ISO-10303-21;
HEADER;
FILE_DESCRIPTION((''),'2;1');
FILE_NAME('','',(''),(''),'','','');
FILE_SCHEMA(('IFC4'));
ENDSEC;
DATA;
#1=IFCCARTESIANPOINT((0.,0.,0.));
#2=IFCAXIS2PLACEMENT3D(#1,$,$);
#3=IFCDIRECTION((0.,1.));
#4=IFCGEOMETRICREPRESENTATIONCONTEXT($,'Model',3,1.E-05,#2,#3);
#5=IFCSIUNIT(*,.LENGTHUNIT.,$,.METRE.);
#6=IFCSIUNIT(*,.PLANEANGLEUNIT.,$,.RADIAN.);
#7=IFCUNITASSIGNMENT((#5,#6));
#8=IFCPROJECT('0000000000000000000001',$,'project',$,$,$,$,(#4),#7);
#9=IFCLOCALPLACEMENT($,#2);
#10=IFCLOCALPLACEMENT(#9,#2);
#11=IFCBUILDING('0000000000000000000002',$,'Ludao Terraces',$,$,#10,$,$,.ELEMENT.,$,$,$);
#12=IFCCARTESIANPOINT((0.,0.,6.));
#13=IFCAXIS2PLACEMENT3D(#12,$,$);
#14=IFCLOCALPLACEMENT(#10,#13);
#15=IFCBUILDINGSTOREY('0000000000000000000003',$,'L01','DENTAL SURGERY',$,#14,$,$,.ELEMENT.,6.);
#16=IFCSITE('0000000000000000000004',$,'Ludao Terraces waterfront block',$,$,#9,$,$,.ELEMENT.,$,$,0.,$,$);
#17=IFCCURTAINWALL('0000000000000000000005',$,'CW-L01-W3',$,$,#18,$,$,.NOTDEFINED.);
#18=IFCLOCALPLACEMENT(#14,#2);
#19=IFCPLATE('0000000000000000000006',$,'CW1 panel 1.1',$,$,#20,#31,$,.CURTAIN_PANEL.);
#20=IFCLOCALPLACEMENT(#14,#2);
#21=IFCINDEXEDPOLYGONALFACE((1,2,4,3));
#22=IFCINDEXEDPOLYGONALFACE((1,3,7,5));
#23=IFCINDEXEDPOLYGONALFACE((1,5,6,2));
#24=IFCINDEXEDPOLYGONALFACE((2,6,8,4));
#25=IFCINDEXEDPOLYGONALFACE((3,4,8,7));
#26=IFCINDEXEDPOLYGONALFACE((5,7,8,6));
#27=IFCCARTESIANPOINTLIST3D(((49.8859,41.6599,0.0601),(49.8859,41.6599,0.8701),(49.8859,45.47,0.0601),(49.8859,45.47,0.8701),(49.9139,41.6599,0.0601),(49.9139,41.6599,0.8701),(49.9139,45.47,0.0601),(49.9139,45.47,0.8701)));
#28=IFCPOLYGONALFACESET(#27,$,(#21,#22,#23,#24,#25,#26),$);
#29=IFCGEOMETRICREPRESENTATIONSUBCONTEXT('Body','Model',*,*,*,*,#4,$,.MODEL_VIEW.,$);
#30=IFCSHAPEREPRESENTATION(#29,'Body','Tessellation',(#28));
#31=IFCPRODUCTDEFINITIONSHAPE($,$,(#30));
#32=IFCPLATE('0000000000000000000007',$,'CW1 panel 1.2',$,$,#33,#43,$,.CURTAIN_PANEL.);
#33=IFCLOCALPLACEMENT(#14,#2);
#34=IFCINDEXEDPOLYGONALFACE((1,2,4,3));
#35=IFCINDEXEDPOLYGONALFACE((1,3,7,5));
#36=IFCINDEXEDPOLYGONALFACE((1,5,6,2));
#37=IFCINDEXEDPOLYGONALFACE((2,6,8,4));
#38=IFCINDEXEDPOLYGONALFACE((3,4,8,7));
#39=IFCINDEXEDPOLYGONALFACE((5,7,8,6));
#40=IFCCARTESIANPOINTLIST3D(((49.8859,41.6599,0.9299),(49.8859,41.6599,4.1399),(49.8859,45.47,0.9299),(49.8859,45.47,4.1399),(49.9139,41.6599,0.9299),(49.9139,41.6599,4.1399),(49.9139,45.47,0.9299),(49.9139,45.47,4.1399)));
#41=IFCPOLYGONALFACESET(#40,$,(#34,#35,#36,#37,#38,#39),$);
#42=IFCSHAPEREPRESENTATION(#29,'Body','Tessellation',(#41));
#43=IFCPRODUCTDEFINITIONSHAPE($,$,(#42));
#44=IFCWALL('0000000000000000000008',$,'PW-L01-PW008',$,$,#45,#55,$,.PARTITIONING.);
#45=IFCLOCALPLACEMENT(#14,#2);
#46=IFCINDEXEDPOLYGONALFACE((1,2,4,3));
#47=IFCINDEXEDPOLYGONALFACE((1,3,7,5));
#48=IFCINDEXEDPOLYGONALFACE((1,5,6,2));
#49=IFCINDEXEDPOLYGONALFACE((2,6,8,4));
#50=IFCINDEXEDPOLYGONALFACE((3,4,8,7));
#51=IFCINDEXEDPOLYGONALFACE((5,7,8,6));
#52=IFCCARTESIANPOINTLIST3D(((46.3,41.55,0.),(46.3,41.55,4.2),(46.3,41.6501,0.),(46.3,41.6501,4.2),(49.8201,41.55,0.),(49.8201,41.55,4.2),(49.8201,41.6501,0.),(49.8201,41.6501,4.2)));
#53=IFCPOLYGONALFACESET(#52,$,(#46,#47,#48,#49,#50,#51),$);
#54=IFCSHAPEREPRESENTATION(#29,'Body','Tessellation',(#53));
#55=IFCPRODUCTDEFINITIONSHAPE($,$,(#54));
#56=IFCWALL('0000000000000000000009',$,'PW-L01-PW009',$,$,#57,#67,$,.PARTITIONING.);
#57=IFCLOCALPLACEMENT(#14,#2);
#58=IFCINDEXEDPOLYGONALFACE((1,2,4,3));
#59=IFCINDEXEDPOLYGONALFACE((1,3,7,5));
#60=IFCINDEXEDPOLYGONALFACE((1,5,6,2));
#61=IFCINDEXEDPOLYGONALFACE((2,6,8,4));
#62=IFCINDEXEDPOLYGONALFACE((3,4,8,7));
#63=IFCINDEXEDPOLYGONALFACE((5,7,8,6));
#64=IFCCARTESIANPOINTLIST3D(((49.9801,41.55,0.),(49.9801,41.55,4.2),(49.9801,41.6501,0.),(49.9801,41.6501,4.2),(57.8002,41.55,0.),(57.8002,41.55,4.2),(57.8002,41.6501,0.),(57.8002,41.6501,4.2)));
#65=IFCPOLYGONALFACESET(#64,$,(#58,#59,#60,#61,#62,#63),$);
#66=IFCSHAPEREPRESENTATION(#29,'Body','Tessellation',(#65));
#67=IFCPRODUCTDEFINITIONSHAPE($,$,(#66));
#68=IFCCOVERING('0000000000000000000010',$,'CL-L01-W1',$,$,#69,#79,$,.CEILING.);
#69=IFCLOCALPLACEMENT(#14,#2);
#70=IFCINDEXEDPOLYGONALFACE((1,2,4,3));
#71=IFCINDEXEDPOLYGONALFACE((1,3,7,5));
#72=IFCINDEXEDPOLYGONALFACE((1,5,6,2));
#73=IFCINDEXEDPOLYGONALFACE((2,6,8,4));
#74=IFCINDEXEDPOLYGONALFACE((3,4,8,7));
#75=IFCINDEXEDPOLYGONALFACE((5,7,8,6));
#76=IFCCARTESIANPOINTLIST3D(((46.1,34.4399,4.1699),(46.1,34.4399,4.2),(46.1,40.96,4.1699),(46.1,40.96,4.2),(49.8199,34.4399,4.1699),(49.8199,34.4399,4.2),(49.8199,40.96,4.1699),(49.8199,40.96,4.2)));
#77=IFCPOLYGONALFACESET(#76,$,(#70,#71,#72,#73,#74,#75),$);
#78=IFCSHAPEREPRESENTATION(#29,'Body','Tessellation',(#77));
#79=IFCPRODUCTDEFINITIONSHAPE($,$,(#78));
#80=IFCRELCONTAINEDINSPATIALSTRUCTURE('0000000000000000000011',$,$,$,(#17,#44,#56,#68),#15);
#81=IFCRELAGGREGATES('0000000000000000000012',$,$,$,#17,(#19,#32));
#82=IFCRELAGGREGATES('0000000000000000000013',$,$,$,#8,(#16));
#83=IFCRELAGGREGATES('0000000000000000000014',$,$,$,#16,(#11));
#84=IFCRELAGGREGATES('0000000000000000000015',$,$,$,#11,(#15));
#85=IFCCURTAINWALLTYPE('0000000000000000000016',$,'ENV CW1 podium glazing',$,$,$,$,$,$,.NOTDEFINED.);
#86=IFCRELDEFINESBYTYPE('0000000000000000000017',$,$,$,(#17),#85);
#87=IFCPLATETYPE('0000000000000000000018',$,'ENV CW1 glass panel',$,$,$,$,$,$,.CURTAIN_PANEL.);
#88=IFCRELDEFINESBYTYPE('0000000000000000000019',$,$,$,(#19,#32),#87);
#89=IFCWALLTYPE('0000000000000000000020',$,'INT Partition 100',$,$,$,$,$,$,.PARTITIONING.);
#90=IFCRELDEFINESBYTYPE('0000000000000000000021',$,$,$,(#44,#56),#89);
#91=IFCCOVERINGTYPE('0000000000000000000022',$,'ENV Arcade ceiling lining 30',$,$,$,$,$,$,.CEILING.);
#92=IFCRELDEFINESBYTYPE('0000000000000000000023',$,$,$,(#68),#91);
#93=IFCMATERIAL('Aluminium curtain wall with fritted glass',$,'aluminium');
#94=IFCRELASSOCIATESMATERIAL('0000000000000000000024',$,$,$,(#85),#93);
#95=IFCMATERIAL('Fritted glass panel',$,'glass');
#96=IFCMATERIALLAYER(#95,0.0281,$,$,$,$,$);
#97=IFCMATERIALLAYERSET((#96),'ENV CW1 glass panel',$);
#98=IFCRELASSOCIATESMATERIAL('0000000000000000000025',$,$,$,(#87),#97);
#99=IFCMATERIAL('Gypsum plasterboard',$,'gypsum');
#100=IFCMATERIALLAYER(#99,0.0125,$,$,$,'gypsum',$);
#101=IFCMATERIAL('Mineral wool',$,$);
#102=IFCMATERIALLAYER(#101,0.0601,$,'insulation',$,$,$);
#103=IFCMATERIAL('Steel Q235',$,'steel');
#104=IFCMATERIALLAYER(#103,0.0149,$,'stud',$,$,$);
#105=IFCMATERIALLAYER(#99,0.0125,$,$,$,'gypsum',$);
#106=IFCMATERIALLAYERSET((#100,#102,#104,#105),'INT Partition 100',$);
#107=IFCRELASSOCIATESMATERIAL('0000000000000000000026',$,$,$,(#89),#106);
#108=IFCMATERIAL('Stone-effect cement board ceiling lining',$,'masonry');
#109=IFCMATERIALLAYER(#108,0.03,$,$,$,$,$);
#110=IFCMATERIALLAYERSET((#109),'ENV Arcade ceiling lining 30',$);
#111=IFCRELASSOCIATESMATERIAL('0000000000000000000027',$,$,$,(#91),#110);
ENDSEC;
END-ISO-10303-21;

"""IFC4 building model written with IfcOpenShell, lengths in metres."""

from ifc_helpers import new_model, si_unit, direction, frame, frame_2d, origin, origin_2d, place, context, subcontext, project, spatial, rectangle, extrude, material, layer, layer_set, type_object, element, aggregate, save


model = new_model("IFC4")

# Units and contexts
model_context = context("Model", 3, precision=1e-05, world=origin(), true_north=direction((0.0, 1.0)))
body_context = subcontext(model_context, "Body", "Model", "MODEL_VIEW")
ifc_project = project(units=[si_unit("LENGTHUNIT", "METRE"), si_unit("PLANEANGLEUNIT", "RADIAN")], contexts=[model_context])

# Site, building, storey
site_placement = place(None, origin())
site = spatial("IfcSite", under=ifc_project, at=site_placement, Name="Ludao Terraces waterfront block", CompositionType="ELEMENT", RefElevation=0.0)
building_placement = place(site_placement, origin())
building = spatial("IfcBuilding", under=site, at=building_placement, Name="Ludao Terraces", CompositionType="ELEMENT")
storey_placement = place(building_placement, frame((0.0, 0.0, 6.0)))
storey = spatial("IfcBuildingStorey", under=building, at=storey_placement, Name="L01", Description="DENTAL SURGERY", CompositionType="ELEMENT", Elevation=6.0)

# Shared definitions
ifc_material_1 = material(Name="Aluminium curtain wall with fritted glass", Category="aluminium")
curtain_wall_type = type_object("IfcCurtainWallType", Name="ENV CW1 podium glazing", PredefinedType="NOTDEFINED", material=ifc_material_1)

# Curtain wall
curtain_wall_1_placement = place(storey_placement, origin())
curtain_wall_1 = element("IfcCurtainWall", 1, at=curtain_wall_1_placement, inside=storey, type_object=curtain_wall_type, Name="CW-L01-W3", PredefinedType="NOTDEFINED")

# Plates
ifc_material_2 = material(Name="Fritted glass panel", Category="glass")
ifc_layer_1 = layer(ifc_material_2, 0.0281)
ifc_layer_set_1 = layer_set([ifc_layer_1], Name="ENV CW1 glass panel")
plate_type = type_object("IfcPlateType", Name="ENV CW1 glass panel", PredefinedType="CURTAIN_PANEL", material=ifc_layer_set_1)
plate_1_placement = place(storey_placement, frame((49.8999, 43.5649, 0.0601), z_axis=(0.0, 0.0, 1.0), x_axis=(0.0, 1.0, 0.0)))
plate_1 = element("IfcPlate", 2, at=plate_1_placement, type_object=plate_type, Name="CW1 panel 1.1", PredefinedType="CURTAIN_PANEL", context=body_context, shape_type="SweptSolid", body=[
    extrude(rectangle(XDim=3.8101, YDim=0.0281, at=origin_2d()), origin(), (0.0, 0.0, 1.0), 0.8101),
])
plate_2_placement = place(storey_placement, frame((49.8999, 43.5649, 0.9299), z_axis=(0.0, 0.0, 1.0), x_axis=(0.0, 1.0, 0.0)))
plate_2 = element("IfcPlate", 3, at=plate_2_placement, type_object=plate_type, Name="CW1 panel 1.2", PredefinedType="CURTAIN_PANEL", context=body_context, shape_type="SweptSolid", body=[
    extrude(rectangle(XDim=3.8101, YDim=0.0281, at=origin_2d()), origin(), (0.0, 0.0, 1.0), 3.21),
])
aggregate(curtain_wall_1, [plate_1, plate_2])

# Walls
ifc_material_3 = material(Name="Gypsum plasterboard", Category="gypsum")
ifc_layer_2 = layer(ifc_material_3, 0.0125, Category="gypsum")
ifc_material_4 = material(Name="Mineral wool")
ifc_layer_3 = layer(ifc_material_4, 0.0601, Name="insulation")
ifc_material_5 = material(Name="Steel Q235", Category="steel")
ifc_layer_4 = layer(ifc_material_5, 0.0149, Name="stud")
ifc_layer_5 = layer(ifc_material_3, 0.0125, Category="gypsum")
ifc_layer_set_2 = layer_set([ifc_layer_2, ifc_layer_3, ifc_layer_4, ifc_layer_5], Name="INT Partition 100")
wall_type = type_object("IfcWallType", Name="INT Partition 100", PredefinedType="PARTITIONING", material=ifc_layer_set_2)
wall_1_placement = place(storey_placement, frame((46.3, 41.6001, 0.0), z_axis=(0.0, 0.0, 1.0), x_axis=(1.0, 0.0, 0.0)))
element("IfcWall", 4, at=wall_1_placement, inside=storey, type_object=wall_type, Name="PW-L01-PW008", PredefinedType="PARTITIONING", context=body_context, shape_type="SweptSolid", body=[
    extrude(rectangle(XDim=3.52, YDim=0.1001, at=frame_2d((1.76, 0.0))), origin(), (0.0, 0.0, 1.0), 4.2),
])
wall_2_placement = place(storey_placement, frame((49.98, 41.6001, 0.0), z_axis=(0.0, 0.0, 1.0), x_axis=(1.0, 0.0, 0.0)))
element("IfcWall", 5, at=wall_2_placement, inside=storey, type_object=wall_type, Name="PW-L01-PW009", PredefinedType="PARTITIONING", context=body_context, shape_type="SweptSolid", body=[
    extrude(rectangle(XDim=7.8201, YDim=0.1001, at=frame_2d((3.9102, 0.0))), origin(), (0.0, 0.0, 1.0), 4.2),
])

# Covering
ifc_material_6 = material(Name="Stone-effect cement board ceiling lining", Category="masonry")
ifc_layer_6 = layer(ifc_material_6, 0.03)
ifc_layer_set_3 = layer_set([ifc_layer_6], Name="ENV Arcade ceiling lining 30")
covering_type = type_object("IfcCoveringType", Name="ENV Arcade ceiling lining 30", PredefinedType="CEILING", material=ifc_layer_set_3)
covering_placement = place(storey_placement, frame((47.96, 37.7, 4.1699), z_axis=(0.0, 0.0, 1.0), x_axis=(1.0, 0.0, 0.0)))
element("IfcCovering", 6, at=covering_placement, inside=storey, type_object=covering_type, Name="CL-L01-W1", PredefinedType="CEILING", context=body_context, shape_type="SweptSolid", body=[
    extrude(rectangle(XDim=3.72, YDim=6.52, at=origin_2d()), origin(), (0.0, 0.0, 1.0), 0.03),
])

save(model, "model.ifc")
